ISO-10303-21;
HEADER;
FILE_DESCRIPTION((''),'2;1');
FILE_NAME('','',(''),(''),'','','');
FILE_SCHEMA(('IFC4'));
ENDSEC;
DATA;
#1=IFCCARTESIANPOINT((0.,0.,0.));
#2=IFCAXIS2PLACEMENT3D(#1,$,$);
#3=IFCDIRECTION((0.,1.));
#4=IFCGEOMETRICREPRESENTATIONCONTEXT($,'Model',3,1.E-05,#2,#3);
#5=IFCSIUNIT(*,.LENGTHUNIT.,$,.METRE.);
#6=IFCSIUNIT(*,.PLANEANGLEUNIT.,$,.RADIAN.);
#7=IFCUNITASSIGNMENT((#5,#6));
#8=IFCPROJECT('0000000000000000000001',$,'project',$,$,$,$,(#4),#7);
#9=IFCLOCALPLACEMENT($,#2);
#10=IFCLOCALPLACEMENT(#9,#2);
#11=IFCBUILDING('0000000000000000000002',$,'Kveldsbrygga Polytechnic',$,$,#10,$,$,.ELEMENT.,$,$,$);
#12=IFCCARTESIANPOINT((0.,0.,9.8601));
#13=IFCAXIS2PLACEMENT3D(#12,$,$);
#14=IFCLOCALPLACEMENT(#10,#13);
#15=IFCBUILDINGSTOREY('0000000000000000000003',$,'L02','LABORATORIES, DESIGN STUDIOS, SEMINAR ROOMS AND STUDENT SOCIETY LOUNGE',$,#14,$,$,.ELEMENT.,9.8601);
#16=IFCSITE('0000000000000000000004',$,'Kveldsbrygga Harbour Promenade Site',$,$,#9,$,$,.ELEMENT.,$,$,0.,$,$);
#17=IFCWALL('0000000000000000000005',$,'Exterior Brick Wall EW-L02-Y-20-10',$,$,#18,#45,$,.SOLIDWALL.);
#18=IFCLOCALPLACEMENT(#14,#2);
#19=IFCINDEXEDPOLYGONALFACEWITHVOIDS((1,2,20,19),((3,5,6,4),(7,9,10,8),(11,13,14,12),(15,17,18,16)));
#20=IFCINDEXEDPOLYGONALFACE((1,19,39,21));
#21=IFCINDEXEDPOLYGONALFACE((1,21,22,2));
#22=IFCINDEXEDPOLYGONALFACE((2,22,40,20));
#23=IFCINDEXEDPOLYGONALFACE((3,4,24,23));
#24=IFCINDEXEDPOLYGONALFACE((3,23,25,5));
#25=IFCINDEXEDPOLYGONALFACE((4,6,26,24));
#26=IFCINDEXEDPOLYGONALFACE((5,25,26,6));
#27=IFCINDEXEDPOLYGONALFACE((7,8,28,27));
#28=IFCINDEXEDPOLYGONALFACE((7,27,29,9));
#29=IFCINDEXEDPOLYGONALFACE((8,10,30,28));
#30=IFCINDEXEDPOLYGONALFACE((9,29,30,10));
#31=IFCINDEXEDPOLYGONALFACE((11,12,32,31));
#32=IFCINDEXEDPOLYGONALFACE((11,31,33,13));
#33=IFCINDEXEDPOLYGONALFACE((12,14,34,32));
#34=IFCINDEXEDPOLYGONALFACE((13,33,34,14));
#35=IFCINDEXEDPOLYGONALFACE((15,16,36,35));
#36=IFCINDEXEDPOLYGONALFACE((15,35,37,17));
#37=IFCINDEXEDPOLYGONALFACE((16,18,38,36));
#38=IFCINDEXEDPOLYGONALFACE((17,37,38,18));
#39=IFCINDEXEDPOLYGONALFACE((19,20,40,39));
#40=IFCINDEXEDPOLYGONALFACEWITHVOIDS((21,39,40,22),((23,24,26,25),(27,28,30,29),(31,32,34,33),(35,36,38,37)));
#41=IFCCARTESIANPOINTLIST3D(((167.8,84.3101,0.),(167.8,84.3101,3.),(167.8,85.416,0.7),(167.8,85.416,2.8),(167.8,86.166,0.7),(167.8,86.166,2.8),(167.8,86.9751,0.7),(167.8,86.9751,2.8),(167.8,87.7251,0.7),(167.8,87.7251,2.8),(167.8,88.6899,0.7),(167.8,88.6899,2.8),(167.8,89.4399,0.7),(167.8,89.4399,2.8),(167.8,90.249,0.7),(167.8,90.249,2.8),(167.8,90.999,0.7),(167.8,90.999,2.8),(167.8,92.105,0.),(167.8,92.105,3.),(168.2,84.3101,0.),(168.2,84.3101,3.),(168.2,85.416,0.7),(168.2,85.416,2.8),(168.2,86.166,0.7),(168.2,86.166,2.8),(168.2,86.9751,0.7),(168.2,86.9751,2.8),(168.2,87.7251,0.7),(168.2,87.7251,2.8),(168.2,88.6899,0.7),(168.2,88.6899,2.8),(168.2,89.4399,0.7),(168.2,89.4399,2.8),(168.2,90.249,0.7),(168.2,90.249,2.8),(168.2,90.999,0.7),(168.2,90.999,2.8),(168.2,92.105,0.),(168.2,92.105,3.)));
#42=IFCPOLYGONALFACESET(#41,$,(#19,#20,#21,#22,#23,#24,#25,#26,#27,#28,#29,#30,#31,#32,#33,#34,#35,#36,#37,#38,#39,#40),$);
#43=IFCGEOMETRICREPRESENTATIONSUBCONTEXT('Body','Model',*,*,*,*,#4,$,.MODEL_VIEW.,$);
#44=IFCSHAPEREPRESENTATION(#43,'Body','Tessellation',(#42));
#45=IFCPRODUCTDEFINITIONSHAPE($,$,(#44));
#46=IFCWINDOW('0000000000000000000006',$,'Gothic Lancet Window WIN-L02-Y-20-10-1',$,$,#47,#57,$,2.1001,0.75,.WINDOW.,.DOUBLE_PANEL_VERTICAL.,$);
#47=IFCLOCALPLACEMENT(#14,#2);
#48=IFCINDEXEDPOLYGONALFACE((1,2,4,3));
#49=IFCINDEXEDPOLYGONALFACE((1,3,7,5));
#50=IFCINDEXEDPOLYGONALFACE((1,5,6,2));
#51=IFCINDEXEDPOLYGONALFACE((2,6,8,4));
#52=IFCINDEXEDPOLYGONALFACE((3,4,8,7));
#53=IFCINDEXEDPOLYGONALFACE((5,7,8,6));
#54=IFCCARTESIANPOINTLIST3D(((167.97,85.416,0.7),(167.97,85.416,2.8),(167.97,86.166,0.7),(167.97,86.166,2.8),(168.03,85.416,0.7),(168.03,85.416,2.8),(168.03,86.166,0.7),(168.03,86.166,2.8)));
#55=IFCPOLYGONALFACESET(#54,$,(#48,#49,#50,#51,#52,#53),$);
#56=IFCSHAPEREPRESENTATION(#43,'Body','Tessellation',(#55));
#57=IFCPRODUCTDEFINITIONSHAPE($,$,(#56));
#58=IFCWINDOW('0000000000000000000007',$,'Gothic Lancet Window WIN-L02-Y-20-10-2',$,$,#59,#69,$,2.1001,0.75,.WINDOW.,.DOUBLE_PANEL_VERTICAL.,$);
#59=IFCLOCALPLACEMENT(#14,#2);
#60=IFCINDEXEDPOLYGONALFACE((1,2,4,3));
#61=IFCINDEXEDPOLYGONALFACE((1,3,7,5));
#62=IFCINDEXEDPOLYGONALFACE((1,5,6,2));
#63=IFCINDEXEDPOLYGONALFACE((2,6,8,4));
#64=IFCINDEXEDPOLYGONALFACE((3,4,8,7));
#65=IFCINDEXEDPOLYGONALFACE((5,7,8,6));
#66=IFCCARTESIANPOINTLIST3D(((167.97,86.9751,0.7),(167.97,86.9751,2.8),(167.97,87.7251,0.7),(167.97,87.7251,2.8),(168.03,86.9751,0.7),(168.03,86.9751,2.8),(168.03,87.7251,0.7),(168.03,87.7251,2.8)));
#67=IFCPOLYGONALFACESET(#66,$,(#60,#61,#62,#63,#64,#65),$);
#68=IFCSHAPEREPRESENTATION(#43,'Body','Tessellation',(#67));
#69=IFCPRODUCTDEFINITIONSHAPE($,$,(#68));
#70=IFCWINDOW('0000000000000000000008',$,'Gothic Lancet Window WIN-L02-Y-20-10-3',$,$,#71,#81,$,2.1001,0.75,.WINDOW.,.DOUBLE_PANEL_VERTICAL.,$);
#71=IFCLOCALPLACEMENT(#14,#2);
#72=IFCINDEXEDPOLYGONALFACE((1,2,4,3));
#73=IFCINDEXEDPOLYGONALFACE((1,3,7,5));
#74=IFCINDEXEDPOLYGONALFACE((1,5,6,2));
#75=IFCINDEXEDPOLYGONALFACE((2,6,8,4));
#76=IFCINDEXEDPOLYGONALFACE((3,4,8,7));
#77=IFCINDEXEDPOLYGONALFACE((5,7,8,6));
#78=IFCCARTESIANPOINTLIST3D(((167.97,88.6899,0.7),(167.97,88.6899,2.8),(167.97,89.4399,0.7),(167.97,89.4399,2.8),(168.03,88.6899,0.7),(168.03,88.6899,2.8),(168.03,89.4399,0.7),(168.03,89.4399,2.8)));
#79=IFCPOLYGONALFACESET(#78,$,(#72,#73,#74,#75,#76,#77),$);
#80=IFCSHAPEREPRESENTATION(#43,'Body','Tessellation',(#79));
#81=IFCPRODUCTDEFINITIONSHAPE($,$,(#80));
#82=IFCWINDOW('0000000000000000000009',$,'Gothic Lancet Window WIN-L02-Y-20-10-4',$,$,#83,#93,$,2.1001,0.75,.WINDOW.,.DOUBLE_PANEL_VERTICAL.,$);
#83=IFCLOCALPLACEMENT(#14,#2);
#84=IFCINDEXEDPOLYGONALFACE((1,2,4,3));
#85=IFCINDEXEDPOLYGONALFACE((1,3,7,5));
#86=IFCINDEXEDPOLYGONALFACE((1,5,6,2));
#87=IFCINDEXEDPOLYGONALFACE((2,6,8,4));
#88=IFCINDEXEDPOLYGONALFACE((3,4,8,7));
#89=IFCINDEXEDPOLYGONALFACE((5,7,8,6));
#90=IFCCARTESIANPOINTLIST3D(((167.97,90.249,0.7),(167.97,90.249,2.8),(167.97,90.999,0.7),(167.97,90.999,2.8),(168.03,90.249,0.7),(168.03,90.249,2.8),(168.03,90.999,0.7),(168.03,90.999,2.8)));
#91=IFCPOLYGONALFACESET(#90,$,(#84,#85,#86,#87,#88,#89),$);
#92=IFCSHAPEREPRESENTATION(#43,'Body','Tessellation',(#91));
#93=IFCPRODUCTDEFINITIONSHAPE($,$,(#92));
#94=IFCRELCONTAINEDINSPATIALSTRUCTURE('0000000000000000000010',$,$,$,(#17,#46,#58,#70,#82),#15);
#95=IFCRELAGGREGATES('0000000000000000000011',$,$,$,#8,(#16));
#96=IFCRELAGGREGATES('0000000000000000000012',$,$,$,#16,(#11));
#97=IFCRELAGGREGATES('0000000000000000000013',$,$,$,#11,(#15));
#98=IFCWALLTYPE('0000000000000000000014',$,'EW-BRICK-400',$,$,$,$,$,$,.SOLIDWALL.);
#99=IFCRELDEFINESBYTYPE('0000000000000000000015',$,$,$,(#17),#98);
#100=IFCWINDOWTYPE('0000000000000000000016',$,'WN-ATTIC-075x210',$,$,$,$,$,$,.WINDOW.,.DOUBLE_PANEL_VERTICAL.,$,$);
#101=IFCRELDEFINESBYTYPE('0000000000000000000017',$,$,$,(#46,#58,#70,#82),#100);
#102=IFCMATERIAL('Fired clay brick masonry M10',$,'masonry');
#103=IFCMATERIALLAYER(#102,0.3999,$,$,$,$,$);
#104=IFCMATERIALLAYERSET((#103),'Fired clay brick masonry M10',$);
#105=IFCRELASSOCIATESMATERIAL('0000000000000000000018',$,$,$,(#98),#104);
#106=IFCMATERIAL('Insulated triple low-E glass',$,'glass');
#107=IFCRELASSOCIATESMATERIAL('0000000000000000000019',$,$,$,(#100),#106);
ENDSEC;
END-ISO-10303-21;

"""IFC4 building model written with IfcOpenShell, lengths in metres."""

from ifc_helpers import new_model, si_unit, direction, frame, frame_2d, origin, place, context, subcontext, project, spatial, rectangle, extrude, material, layer, layer_set, type_object, element, fill, save


model = new_model("IFC4")

# Units and contexts
model_context = context("Model", 3, precision=1e-05, world=origin(), true_north=direction((0.0, 1.0)))
body_context = subcontext(model_context, "Body", "Model", "MODEL_VIEW")
ifc_project = project(units=[si_unit("LENGTHUNIT", "METRE"), si_unit("PLANEANGLEUNIT", "RADIAN")], contexts=[model_context])

# Site, building, storey
site_placement = place(None, origin())
site = spatial("IfcSite", under=ifc_project, at=site_placement, Name="Kveldsbrygga Harbour Promenade Site", CompositionType="ELEMENT", RefElevation=0.0)
building_placement = place(site_placement, origin())
building = spatial("IfcBuilding", under=site, at=building_placement, Name="Kveldsbrygga Polytechnic", CompositionType="ELEMENT")
storey_placement = place(building_placement, frame((0.0, 0.0, 9.8601)))
storey = spatial("IfcBuildingStorey", under=building, at=storey_placement, Name="L02", Description="LABORATORIES, DESIGN STUDIOS, SEMINAR ROOMS AND STUDENT SOCIETY LOUNGE", CompositionType="ELEMENT", Elevation=9.8601)

# Shared definitions
ifc_material_1 = material(Name="Insulated triple low-E glass", Category="glass")

# Wall, openings, windows
ifc_material_2 = material(Name="Fired clay brick masonry M10", Category="masonry")
ifc_layer_1 = layer(ifc_material_2, 0.3999)
ifc_layer_set_1 = layer_set([ifc_layer_1], Name="Fired clay brick masonry M10")
wall_type = type_object("IfcWallType", Name="EW-BRICK-400", PredefinedType="SOLIDWALL", material=ifc_layer_set_1)
wall_placement = place(storey_placement, frame((168.0, 84.3101, 0.0), z_axis=(0.0, 0.0, 1.0), x_axis=(0.0, 1.0, 0.0)))
wall = element("IfcWall", 1, at=wall_placement, inside=storey, type_object=wall_type, Name="Exterior Brick Wall EW-L02-Y-20-10", PredefinedType="SOLIDWALL", context=body_context, shape_type="SweptSolid", body=[
    extrude(rectangle(XDim=7.7949, YDim=0.3999, at=frame_2d((3.8975, 0.0))), origin(), (0.0, 0.0, 1.0), 3.0),
])
opening_1_placement = place(wall_placement, frame((1.106, 0.0, 0.7)))
opening_1 = element("IfcOpeningElement", 2, at=opening_1_placement, cuts=wall, PredefinedType="OPENING", context=body_context, shape_type="SweptSolid", body=[
    extrude(rectangle(XDim=0.75, YDim=2.1001, at=frame_2d((0.375, 1.05))), frame((0.0, 0.21, 0.0), z_axis=(0.0, -1.0, 0.0), x_axis=(1.0, 0.0, 0.0)), (0.0, 0.0, 1.0), 0.4199),
])
opening_2_placement = place(wall_placement, frame((2.665, 0.0, 0.7)))
opening_2 = element("IfcOpeningElement", 3, at=opening_2_placement, cuts=wall, PredefinedType="OPENING", context=body_context, shape_type="SweptSolid", body=[
    extrude(rectangle(XDim=0.75, YDim=2.1001, at=frame_2d((0.375, 1.05))), frame((0.0, 0.21, 0.0), z_axis=(0.0, -1.0, 0.0), x_axis=(1.0, 0.0, 0.0)), (0.0, 0.0, 1.0), 0.4199),
])
opening_3_placement = place(wall_placement, frame((4.3799, 0.0, 0.7)))
opening_3 = element("IfcOpeningElement", 4, at=opening_3_placement, cuts=wall, PredefinedType="OPENING", context=body_context, shape_type="SweptSolid", body=[
    extrude(rectangle(XDim=0.75, YDim=2.1001, at=frame_2d((0.375, 1.05))), frame((0.0, 0.21, 0.0), z_axis=(0.0, -1.0, 0.0), x_axis=(1.0, 0.0, 0.0)), (0.0, 0.0, 1.0), 0.4199),
])
opening_4_placement = place(wall_placement, frame((5.939, 0.0, 0.7)))
opening_4 = element("IfcOpeningElement", 5, at=opening_4_placement, cuts=wall, PredefinedType="OPENING", context=body_context, shape_type="SweptSolid", body=[
    extrude(rectangle(XDim=0.75, YDim=2.1001, at=frame_2d((0.375, 1.05))), frame((0.0, 0.21, 0.0), z_axis=(0.0, -1.0, 0.0), x_axis=(1.0, 0.0, 0.0)), (0.0, 0.0, 1.0), 0.4199),
])
window_type = type_object("IfcWindowType", Name="WN-ATTIC-075x210", PartitioningType="DOUBLE_PANEL_VERTICAL", PredefinedType="WINDOW", material=ifc_material_1)
window_1_placement = place(opening_1_placement, origin())
window_1 = element("IfcWindow", 6, at=window_1_placement, inside=storey, type_object=window_type, Name="Gothic Lancet Window WIN-L02-Y-20-10-1", OverallHeight=2.1001, OverallWidth=0.75, PartitioningType="DOUBLE_PANEL_VERTICAL", PredefinedType="WINDOW", context=body_context, shape_type="SweptSolid", body=[
    extrude(rectangle(XDim=0.75, YDim=2.1001, at=frame_2d((0.375, 1.05))), frame((0.0, 0.03, 0.0), z_axis=(0.0, -1.0, 0.0), x_axis=(1.0, 0.0, 0.0)), (0.0, 0.0, 1.0), 0.0601),
])
fill(opening_1, window_1)
window_2_placement = place(opening_2_placement, origin())
window_2 = element("IfcWindow", 7, at=window_2_placement, inside=storey, type_object=window_type, Name="Gothic Lancet Window WIN-L02-Y-20-10-2", OverallHeight=2.1001, OverallWidth=0.75, PartitioningType="DOUBLE_PANEL_VERTICAL", PredefinedType="WINDOW", context=body_context, shape_type="SweptSolid", body=[
    extrude(rectangle(XDim=0.75, YDim=2.1001, at=frame_2d((0.375, 1.05))), frame((0.0, 0.03, 0.0), z_axis=(0.0, -1.0, 0.0), x_axis=(1.0, 0.0, 0.0)), (0.0, 0.0, 1.0), 0.0601),
])
fill(opening_2, window_2)
window_3_placement = place(opening_3_placement, origin())
window_3 = element("IfcWindow", 8, at=window_3_placement, inside=storey, type_object=window_type, Name="Gothic Lancet Window WIN-L02-Y-20-10-3", OverallHeight=2.1001, OverallWidth=0.75, PartitioningType="DOUBLE_PANEL_VERTICAL", PredefinedType="WINDOW", context=body_context, shape_type="SweptSolid", body=[
    extrude(rectangle(XDim=0.75, YDim=2.1001, at=frame_2d((0.375, 1.05))), frame((0.0, 0.03, 0.0), z_axis=(0.0, -1.0, 0.0), x_axis=(1.0, 0.0, 0.0)), (0.0, 0.0, 1.0), 0.0601),
])
fill(opening_3, window_3)
window_4_placement = place(opening_4_placement, origin())
window_4 = element("IfcWindow", 9, at=window_4_placement, inside=storey, type_object=window_type, Name="Gothic Lancet Window WIN-L02-Y-20-10-4", OverallHeight=2.1001, OverallWidth=0.75, PartitioningType="DOUBLE_PANEL_VERTICAL", PredefinedType="WINDOW", context=body_context, shape_type="SweptSolid", body=[
    extrude(rectangle(XDim=0.75, YDim=2.1001, at=frame_2d((0.375, 1.05))), frame((0.0, 0.03, 0.0), z_axis=(0.0, -1.0, 0.0), x_axis=(1.0, 0.0, 0.0)), (0.0, 0.0, 1.0), 0.0601),
])
fill(opening_4, window_4)

save(model, "model.ifc")
